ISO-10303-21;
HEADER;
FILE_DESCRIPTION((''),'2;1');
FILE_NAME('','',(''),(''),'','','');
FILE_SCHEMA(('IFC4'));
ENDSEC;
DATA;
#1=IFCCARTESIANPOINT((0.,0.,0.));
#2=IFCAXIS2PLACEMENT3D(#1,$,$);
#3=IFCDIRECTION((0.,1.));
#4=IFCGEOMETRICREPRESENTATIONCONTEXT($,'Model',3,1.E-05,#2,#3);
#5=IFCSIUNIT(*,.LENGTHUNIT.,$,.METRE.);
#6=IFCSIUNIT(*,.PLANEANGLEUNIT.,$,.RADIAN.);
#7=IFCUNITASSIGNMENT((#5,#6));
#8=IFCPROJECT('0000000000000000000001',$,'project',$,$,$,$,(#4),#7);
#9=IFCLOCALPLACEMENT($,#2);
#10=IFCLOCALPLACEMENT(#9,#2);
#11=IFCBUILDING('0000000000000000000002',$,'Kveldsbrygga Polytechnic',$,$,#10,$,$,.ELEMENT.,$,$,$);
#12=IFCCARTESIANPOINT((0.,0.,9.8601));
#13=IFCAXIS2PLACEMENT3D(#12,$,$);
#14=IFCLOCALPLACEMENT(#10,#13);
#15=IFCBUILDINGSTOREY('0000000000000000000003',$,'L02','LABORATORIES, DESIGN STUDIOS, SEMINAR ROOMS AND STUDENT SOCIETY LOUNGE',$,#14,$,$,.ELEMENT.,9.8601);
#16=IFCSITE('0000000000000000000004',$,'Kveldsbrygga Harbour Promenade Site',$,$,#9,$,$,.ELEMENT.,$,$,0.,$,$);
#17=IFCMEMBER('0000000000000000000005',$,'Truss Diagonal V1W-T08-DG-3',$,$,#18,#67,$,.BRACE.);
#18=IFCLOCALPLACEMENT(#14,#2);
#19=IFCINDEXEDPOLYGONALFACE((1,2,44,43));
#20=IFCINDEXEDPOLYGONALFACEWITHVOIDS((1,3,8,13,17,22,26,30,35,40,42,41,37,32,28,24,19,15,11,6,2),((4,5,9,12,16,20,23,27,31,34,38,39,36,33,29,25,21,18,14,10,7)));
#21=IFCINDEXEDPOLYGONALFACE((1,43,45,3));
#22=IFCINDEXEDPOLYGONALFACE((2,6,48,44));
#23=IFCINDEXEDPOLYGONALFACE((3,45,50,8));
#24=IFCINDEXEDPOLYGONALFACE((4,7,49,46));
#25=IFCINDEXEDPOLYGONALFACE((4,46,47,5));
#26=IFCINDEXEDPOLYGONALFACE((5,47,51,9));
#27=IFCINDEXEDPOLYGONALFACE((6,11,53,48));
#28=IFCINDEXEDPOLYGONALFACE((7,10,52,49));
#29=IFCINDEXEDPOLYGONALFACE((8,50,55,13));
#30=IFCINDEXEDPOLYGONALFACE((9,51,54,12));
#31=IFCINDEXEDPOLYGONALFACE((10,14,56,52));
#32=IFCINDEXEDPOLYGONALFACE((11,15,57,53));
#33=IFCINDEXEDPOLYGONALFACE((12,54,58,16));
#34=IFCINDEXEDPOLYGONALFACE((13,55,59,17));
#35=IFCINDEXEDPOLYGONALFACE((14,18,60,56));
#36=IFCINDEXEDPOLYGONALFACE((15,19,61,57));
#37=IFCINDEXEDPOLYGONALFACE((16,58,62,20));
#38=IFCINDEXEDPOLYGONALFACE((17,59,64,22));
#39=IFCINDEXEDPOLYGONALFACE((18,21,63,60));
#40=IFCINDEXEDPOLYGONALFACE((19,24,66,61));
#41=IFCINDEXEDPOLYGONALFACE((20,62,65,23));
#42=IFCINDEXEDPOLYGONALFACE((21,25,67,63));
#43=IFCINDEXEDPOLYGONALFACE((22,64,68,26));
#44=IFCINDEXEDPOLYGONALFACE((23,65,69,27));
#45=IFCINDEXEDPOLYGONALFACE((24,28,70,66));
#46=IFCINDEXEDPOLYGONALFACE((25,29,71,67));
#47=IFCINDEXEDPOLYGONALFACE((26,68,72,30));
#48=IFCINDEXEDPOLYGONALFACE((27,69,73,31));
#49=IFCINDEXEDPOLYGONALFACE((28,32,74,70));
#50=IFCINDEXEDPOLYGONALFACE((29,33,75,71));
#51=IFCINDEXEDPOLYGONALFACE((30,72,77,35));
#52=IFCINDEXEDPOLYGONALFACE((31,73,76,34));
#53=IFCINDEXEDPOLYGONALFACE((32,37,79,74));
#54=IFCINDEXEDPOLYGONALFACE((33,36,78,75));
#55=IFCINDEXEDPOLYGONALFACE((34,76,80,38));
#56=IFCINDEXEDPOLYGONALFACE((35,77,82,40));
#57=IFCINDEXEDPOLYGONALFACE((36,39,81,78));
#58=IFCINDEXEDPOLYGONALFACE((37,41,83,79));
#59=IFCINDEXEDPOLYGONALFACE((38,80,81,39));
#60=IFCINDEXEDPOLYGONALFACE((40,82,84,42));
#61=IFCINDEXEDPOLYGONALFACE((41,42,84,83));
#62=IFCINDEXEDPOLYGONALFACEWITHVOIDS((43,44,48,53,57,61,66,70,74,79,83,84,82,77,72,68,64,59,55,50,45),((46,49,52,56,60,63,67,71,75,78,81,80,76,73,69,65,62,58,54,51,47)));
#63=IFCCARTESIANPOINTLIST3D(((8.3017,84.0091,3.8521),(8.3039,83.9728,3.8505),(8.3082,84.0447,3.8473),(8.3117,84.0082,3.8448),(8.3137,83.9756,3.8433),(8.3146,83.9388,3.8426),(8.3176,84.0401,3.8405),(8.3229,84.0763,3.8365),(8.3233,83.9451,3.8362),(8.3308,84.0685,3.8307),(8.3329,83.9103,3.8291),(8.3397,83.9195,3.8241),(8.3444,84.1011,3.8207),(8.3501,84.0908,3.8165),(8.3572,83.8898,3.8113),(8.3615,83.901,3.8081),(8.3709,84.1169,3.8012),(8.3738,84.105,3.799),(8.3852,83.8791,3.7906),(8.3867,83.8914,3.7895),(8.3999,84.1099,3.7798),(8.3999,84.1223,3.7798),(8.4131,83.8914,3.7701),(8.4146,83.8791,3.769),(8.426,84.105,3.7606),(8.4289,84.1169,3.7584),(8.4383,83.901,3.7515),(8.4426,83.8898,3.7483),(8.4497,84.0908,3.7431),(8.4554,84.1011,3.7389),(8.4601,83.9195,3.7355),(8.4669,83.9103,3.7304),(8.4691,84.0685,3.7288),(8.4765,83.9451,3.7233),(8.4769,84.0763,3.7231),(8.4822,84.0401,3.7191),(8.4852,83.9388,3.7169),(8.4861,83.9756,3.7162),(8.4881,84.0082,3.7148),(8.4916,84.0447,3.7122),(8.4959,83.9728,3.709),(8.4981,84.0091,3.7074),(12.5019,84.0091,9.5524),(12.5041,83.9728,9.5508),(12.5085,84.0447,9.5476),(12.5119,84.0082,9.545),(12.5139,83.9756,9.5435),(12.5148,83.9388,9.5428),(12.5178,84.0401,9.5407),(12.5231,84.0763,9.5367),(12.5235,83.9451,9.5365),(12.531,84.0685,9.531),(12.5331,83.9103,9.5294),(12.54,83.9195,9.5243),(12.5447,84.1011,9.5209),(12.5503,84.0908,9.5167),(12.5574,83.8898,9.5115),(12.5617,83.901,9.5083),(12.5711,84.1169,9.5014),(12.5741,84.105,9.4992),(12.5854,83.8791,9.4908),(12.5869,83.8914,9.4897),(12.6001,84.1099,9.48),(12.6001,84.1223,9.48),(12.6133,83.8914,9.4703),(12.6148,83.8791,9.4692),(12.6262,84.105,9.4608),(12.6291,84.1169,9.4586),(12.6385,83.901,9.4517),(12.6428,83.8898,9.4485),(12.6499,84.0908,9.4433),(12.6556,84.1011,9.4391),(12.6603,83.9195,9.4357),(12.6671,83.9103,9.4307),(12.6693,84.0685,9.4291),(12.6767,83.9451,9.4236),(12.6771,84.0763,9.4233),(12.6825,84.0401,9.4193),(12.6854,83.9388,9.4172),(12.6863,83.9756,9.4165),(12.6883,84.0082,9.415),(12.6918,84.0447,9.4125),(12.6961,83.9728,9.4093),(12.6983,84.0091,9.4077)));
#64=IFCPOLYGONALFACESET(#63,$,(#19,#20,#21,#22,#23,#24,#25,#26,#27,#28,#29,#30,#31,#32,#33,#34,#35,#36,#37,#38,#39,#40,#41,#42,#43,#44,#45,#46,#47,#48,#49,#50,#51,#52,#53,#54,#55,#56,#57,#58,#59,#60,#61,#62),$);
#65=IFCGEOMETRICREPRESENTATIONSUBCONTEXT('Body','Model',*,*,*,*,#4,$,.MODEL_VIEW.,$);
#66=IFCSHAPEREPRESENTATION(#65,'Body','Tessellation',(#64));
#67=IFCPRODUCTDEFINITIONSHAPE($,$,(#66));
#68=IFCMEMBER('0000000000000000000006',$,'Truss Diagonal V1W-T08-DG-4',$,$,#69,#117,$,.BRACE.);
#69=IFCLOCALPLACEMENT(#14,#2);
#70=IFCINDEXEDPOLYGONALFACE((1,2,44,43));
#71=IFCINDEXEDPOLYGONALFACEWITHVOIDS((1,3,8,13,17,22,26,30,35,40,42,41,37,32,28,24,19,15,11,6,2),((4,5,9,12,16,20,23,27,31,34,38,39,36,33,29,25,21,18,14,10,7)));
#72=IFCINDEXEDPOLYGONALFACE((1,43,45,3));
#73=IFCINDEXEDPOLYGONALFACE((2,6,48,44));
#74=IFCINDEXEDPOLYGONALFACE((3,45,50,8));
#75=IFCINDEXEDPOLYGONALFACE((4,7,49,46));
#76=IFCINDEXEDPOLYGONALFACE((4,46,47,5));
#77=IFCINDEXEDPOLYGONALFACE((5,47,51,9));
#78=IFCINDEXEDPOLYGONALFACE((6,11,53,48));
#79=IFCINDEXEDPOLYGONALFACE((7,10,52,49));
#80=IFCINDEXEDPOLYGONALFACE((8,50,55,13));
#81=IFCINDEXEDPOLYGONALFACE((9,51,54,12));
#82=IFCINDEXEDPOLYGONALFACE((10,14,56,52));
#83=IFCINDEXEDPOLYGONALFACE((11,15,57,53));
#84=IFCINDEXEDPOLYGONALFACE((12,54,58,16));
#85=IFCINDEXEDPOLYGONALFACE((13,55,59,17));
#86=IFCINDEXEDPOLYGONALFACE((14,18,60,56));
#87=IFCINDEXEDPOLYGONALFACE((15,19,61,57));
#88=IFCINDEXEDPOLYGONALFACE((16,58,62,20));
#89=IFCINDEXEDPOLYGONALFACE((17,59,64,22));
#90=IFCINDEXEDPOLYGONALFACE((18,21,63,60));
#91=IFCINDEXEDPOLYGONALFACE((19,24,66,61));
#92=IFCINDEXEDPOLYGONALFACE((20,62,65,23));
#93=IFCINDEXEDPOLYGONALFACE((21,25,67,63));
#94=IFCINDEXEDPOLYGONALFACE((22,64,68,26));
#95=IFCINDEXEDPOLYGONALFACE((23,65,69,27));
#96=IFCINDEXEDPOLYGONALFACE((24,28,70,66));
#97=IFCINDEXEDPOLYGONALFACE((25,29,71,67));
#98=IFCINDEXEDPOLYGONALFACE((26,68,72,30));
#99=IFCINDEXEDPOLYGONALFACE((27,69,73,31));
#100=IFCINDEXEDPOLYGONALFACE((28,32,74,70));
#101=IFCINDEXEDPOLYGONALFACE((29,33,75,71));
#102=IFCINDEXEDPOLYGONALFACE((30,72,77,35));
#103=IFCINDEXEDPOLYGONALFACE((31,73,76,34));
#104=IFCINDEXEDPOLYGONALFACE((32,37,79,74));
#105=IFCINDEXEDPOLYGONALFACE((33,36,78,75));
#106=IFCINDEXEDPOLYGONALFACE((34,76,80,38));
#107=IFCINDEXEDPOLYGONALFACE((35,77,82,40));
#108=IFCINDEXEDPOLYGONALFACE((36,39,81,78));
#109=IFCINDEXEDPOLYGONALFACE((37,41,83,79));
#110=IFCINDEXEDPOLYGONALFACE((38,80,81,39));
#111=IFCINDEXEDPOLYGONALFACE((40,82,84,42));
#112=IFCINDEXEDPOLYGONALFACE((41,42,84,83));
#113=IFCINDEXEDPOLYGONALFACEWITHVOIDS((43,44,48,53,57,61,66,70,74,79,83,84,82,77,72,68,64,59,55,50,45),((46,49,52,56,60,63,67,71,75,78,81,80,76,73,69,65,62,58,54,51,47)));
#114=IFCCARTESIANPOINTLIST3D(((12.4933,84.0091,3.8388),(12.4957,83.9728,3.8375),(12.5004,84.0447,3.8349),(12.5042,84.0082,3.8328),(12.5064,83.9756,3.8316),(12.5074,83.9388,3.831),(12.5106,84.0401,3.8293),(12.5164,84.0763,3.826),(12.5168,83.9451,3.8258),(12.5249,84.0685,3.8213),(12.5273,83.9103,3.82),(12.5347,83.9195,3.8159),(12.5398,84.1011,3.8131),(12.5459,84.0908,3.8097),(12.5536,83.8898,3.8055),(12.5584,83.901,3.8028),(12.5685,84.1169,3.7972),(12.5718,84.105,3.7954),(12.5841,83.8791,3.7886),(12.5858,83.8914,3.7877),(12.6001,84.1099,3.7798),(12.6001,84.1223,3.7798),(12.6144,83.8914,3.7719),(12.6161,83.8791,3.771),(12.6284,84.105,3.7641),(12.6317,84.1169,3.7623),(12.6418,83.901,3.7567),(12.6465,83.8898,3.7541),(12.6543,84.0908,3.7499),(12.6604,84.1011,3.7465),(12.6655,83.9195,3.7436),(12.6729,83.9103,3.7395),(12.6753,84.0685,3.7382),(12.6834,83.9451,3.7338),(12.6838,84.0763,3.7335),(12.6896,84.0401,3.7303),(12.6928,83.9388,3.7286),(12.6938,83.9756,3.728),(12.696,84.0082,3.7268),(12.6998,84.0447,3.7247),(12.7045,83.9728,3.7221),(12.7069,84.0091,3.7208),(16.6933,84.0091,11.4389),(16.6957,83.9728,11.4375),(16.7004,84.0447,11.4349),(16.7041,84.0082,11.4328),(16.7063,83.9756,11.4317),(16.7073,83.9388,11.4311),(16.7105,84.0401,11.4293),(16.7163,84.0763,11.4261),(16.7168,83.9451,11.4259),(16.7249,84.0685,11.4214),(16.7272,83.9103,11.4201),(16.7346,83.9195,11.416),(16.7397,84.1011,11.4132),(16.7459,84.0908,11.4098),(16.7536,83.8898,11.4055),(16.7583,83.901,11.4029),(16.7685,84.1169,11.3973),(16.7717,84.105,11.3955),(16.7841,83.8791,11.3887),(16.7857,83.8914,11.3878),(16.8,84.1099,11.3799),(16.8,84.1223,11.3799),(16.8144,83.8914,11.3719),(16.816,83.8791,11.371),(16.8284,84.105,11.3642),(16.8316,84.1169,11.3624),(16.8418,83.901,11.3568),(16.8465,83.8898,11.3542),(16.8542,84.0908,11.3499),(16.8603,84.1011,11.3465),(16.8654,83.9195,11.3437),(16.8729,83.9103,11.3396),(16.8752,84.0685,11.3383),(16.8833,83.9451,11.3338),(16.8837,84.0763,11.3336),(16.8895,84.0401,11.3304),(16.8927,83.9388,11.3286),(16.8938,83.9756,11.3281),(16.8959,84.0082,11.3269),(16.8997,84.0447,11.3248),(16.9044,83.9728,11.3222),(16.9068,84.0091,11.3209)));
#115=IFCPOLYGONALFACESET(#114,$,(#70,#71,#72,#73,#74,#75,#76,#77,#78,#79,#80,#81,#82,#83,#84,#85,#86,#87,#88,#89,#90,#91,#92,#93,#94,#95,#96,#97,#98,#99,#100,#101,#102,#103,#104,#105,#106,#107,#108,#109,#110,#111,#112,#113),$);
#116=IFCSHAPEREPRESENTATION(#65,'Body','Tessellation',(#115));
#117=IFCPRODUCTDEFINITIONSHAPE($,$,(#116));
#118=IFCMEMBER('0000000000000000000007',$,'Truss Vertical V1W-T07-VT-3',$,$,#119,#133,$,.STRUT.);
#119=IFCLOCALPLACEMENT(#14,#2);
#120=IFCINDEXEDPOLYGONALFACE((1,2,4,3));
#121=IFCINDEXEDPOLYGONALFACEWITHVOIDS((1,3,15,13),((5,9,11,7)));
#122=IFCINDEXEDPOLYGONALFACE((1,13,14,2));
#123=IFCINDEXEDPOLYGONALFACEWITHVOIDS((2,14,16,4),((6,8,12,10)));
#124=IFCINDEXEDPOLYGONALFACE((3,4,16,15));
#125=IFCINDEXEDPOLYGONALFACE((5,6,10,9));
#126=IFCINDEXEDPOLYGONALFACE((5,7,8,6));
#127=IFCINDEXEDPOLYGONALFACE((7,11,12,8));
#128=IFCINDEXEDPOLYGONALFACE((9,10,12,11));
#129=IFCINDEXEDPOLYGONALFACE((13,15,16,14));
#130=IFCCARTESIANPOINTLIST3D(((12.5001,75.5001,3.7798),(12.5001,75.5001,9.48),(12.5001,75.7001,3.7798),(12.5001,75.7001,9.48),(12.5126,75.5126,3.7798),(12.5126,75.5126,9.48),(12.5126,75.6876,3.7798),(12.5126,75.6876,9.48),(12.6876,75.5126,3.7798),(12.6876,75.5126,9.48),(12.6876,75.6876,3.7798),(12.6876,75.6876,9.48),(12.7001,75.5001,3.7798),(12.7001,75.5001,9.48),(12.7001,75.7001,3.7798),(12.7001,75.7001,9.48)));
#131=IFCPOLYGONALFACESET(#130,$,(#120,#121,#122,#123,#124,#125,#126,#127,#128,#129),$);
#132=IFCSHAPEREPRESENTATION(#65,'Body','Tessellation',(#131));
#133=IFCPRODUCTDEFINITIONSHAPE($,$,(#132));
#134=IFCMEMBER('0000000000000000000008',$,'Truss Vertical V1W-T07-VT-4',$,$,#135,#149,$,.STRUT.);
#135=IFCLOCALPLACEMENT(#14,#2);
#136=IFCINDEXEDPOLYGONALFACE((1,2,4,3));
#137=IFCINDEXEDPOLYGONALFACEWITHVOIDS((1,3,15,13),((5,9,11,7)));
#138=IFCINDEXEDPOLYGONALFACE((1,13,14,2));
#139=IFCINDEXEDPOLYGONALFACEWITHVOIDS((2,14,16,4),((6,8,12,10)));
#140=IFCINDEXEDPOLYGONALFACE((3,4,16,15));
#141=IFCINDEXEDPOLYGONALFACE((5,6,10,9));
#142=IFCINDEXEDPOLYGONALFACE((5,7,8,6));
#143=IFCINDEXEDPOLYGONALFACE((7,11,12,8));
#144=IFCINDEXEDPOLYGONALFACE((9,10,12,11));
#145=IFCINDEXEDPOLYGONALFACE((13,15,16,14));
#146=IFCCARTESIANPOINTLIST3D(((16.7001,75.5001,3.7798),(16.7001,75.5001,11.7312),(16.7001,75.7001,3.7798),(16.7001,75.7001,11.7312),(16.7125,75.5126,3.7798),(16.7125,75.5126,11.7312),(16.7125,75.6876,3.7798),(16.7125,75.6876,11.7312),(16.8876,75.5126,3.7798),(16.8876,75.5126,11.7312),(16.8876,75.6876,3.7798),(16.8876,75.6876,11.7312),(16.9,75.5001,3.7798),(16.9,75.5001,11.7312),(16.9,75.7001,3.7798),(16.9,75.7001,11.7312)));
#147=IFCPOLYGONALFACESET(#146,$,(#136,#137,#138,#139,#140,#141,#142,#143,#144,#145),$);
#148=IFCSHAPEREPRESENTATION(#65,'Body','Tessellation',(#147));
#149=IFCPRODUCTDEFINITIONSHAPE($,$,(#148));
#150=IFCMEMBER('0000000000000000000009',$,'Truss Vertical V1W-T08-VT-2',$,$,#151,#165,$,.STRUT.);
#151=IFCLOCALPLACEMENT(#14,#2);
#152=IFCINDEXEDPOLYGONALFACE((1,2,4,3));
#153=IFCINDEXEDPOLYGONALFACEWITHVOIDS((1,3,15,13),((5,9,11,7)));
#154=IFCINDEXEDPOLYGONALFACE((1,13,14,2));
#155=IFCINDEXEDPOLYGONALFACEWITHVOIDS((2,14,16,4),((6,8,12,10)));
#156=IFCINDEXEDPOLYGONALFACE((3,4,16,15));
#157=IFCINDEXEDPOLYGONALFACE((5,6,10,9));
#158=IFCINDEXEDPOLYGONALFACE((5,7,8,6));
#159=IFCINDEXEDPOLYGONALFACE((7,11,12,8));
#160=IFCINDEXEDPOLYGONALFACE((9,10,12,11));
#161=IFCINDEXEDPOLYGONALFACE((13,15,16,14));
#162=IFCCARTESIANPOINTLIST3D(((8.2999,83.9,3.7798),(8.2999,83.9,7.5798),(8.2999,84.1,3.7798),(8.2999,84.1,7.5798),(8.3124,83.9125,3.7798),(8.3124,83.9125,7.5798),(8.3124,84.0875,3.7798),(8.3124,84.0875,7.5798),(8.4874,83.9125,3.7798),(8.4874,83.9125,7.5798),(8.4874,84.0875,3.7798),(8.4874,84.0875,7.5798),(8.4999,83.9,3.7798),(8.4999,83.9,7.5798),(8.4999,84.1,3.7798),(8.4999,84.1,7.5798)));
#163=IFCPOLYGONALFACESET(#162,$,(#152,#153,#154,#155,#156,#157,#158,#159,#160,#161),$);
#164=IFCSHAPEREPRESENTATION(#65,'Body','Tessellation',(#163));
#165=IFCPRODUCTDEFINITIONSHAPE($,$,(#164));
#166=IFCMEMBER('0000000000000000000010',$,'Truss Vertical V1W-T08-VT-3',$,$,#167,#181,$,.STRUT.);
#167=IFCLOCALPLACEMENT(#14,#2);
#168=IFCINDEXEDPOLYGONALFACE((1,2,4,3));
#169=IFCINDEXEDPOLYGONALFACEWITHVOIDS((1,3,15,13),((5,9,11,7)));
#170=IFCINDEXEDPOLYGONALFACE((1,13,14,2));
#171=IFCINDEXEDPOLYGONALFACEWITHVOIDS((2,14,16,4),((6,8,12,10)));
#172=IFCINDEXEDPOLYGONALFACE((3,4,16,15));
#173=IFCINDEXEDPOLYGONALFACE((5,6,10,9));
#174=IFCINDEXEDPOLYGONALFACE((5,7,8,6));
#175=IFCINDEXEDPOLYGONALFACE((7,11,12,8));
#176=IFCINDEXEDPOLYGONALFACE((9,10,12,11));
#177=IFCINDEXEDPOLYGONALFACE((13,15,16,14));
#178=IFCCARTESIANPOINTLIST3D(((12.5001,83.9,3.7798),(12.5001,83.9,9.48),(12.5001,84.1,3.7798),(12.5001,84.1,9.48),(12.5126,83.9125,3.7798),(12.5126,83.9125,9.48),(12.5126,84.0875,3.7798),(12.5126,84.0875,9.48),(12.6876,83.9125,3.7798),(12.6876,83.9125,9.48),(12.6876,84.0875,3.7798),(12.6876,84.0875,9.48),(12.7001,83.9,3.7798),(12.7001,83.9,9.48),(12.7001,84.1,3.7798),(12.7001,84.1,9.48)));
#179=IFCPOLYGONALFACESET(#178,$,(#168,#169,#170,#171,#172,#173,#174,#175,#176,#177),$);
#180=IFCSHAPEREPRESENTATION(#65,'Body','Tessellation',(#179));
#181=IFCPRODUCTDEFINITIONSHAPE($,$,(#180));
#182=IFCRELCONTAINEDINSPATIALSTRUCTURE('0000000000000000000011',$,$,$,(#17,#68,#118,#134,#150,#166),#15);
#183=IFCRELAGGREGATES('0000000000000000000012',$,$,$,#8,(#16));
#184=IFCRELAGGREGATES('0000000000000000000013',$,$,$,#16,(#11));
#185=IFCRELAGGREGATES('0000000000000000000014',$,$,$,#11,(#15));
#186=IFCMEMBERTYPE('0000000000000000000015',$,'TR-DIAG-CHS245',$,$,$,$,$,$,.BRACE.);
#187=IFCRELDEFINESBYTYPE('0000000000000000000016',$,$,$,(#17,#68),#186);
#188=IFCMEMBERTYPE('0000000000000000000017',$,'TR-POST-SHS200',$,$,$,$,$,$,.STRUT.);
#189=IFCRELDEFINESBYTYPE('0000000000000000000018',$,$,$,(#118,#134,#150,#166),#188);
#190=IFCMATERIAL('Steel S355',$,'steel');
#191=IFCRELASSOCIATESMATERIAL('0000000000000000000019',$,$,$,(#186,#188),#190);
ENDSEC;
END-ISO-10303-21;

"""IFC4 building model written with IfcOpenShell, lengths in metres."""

from ifc_helpers import new_model, si_unit, direction, frame, origin, origin_2d, place, context, subcontext, project, spatial, hollow_rectangle, hollow_circle, extrude, material, material_profile, profile_set, type_object, element, save


model = new_model("IFC4")

# Units and contexts
model_context = context("Model", 3, precision=1e-05, world=origin(), true_north=direction((0.0, 1.0)))
body_context = subcontext(model_context, "Body", "Model", "MODEL_VIEW")
ifc_project = project(units=[si_unit("LENGTHUNIT", "METRE"), si_unit("PLANEANGLEUNIT", "RADIAN")], contexts=[model_context])

# Site, building, storey
site_placement = place(None, origin())
site = spatial("IfcSite", under=ifc_project, at=site_placement, Name="Kveldsbrygga Harbour Promenade Site", CompositionType="ELEMENT", RefElevation=0.0)
building_placement = place(site_placement, origin())
building = spatial("IfcBuilding", under=site, at=building_placement, Name="Kveldsbrygga Polytechnic", CompositionType="ELEMENT")
storey_placement = place(building_placement, frame((0.0, 0.0, 9.8601)))
storey = spatial("IfcBuildingStorey", under=building, at=storey_placement, Name="L02", Description="LABORATORIES, DESIGN STUDIOS, SEMINAR ROOMS AND STUDENT SOCIETY LOUNGE", CompositionType="ELEMENT", Elevation=9.8601)

# Members
ifc_material_1 = material(Name="Steel S355", Category="steel")
ifc_material_profile_1 = material_profile(ifc_material_1, hollow_circle(Radius=0.1223, WallThickness=0.0125, at=origin_2d()), Name="CHS 244.5x12.5")
ifc_profile_set_1 = profile_set([ifc_material_profile_1], Name="Steel S355")
member_type_1 = type_object("IfcMemberType", Name="TR-DIAG-CHS245", PredefinedType="BRACE", material=ifc_profile_set_1)
member_1_placement = place(storey_placement, frame((8.3999, 84.0, 3.7798), z_axis=(0.593204, 0.0, 0.805052), x_axis=(0.0, 1.0, 0.0)))
element("IfcMember", 1, at=member_1_placement, inside=storey, type_object=member_type_1, Name="Truss Diagonal V1W-T08-DG-3", PredefinedType="BRACE", context=body_context, shape_type="SweptSolid", body=[
    extrude(hollow_circle(Radius=0.1223, WallThickness=0.0125, at=origin_2d()), origin(), (0.0, 0.0, 1.0), 7.0806),
])
member_2_placement = place(storey_placement, frame((12.6001, 84.0, 3.7798), z_axis=(0.483677, 0.0, 0.875247), x_axis=(0.0, 1.0, 0.0)))
element("IfcMember", 2, at=member_2_placement, inside=storey, type_object=member_type_1, Name="Truss Diagonal V1W-T08-DG-4", PredefinedType="BRACE", context=body_context, shape_type="SweptSolid", body=[
    extrude(hollow_circle(Radius=0.1223, WallThickness=0.0125, at=origin_2d()), origin(), (0.0, 0.0, 1.0), 8.6833),
])
ifc_material_profile_2 = material_profile(ifc_material_1, hollow_rectangle(XDim=0.2, YDim=0.2, WallThickness=0.0125, at=origin_2d()), Name="SHS 200x200x12.5")
ifc_profile_set_2 = profile_set([ifc_material_profile_2], Name="Steel S355")
member_type_2 = type_object("IfcMemberType", Name="TR-POST-SHS200", PredefinedType="STRUT", material=ifc_profile_set_2)
member_3_placement = place(storey_placement, frame((12.6001, 75.6001, 3.7798), z_axis=(0.0, 0.0, 1.0), x_axis=(1.0, 0.0, 0.0)))
element("IfcMember", 3, at=member_3_placement, inside=storey, type_object=member_type_2, Name="Truss Vertical V1W-T07-VT-3", PredefinedType="STRUT", context=body_context, shape_type="SweptSolid", body=[
    extrude(hollow_rectangle(XDim=0.2, YDim=0.2, WallThickness=0.0125, at=origin_2d()), origin(), (0.0, 0.0, 1.0), 5.7002),
])
member_4_placement = place(storey_placement, frame((16.8, 75.6001, 3.7798), z_axis=(0.0, 0.0, 1.0), x_axis=(1.0, 0.0, 0.0)))
element("IfcMember", 4, at=member_4_placement, inside=storey, type_object=member_type_2, Name="Truss Vertical V1W-T07-VT-4", PredefinedType="STRUT", context=body_context, shape_type="SweptSolid", body=[
    extrude(hollow_rectangle(XDim=0.2, YDim=0.2, WallThickness=0.0125, at=origin_2d()), origin(), (0.0, 0.0, 1.0), 7.9514),
])
member_5_placement = place(storey_placement, frame((8.3999, 84.0, 3.7798), z_axis=(0.0, 0.0, 1.0), x_axis=(1.0, 0.0, 0.0)))
element("IfcMember", 5, at=member_5_placement, inside=storey, type_object=member_type_2, Name="Truss Vertical V1W-T08-VT-2", PredefinedType="STRUT", context=body_context, shape_type="SweptSolid", body=[
    extrude(hollow_rectangle(XDim=0.2, YDim=0.2, WallThickness=0.0125, at=origin_2d()), origin(), (0.0, 0.0, 1.0), 3.8),
])
member_6_placement = place(storey_placement, frame((12.6001, 84.0, 3.7798), z_axis=(0.0, 0.0, 1.0), x_axis=(1.0, 0.0, 0.0)))
element("IfcMember", 6, at=member_6_placement, inside=storey, type_object=member_type_2, Name="Truss Vertical V1W-T08-VT-3", PredefinedType="STRUT", context=body_context, shape_type="SweptSolid", body=[
    extrude(hollow_rectangle(XDim=0.2, YDim=0.2, WallThickness=0.0125, at=origin_2d()), origin(), (0.0, 0.0, 1.0), 5.7002),
])

save(model, "model.ifc")
